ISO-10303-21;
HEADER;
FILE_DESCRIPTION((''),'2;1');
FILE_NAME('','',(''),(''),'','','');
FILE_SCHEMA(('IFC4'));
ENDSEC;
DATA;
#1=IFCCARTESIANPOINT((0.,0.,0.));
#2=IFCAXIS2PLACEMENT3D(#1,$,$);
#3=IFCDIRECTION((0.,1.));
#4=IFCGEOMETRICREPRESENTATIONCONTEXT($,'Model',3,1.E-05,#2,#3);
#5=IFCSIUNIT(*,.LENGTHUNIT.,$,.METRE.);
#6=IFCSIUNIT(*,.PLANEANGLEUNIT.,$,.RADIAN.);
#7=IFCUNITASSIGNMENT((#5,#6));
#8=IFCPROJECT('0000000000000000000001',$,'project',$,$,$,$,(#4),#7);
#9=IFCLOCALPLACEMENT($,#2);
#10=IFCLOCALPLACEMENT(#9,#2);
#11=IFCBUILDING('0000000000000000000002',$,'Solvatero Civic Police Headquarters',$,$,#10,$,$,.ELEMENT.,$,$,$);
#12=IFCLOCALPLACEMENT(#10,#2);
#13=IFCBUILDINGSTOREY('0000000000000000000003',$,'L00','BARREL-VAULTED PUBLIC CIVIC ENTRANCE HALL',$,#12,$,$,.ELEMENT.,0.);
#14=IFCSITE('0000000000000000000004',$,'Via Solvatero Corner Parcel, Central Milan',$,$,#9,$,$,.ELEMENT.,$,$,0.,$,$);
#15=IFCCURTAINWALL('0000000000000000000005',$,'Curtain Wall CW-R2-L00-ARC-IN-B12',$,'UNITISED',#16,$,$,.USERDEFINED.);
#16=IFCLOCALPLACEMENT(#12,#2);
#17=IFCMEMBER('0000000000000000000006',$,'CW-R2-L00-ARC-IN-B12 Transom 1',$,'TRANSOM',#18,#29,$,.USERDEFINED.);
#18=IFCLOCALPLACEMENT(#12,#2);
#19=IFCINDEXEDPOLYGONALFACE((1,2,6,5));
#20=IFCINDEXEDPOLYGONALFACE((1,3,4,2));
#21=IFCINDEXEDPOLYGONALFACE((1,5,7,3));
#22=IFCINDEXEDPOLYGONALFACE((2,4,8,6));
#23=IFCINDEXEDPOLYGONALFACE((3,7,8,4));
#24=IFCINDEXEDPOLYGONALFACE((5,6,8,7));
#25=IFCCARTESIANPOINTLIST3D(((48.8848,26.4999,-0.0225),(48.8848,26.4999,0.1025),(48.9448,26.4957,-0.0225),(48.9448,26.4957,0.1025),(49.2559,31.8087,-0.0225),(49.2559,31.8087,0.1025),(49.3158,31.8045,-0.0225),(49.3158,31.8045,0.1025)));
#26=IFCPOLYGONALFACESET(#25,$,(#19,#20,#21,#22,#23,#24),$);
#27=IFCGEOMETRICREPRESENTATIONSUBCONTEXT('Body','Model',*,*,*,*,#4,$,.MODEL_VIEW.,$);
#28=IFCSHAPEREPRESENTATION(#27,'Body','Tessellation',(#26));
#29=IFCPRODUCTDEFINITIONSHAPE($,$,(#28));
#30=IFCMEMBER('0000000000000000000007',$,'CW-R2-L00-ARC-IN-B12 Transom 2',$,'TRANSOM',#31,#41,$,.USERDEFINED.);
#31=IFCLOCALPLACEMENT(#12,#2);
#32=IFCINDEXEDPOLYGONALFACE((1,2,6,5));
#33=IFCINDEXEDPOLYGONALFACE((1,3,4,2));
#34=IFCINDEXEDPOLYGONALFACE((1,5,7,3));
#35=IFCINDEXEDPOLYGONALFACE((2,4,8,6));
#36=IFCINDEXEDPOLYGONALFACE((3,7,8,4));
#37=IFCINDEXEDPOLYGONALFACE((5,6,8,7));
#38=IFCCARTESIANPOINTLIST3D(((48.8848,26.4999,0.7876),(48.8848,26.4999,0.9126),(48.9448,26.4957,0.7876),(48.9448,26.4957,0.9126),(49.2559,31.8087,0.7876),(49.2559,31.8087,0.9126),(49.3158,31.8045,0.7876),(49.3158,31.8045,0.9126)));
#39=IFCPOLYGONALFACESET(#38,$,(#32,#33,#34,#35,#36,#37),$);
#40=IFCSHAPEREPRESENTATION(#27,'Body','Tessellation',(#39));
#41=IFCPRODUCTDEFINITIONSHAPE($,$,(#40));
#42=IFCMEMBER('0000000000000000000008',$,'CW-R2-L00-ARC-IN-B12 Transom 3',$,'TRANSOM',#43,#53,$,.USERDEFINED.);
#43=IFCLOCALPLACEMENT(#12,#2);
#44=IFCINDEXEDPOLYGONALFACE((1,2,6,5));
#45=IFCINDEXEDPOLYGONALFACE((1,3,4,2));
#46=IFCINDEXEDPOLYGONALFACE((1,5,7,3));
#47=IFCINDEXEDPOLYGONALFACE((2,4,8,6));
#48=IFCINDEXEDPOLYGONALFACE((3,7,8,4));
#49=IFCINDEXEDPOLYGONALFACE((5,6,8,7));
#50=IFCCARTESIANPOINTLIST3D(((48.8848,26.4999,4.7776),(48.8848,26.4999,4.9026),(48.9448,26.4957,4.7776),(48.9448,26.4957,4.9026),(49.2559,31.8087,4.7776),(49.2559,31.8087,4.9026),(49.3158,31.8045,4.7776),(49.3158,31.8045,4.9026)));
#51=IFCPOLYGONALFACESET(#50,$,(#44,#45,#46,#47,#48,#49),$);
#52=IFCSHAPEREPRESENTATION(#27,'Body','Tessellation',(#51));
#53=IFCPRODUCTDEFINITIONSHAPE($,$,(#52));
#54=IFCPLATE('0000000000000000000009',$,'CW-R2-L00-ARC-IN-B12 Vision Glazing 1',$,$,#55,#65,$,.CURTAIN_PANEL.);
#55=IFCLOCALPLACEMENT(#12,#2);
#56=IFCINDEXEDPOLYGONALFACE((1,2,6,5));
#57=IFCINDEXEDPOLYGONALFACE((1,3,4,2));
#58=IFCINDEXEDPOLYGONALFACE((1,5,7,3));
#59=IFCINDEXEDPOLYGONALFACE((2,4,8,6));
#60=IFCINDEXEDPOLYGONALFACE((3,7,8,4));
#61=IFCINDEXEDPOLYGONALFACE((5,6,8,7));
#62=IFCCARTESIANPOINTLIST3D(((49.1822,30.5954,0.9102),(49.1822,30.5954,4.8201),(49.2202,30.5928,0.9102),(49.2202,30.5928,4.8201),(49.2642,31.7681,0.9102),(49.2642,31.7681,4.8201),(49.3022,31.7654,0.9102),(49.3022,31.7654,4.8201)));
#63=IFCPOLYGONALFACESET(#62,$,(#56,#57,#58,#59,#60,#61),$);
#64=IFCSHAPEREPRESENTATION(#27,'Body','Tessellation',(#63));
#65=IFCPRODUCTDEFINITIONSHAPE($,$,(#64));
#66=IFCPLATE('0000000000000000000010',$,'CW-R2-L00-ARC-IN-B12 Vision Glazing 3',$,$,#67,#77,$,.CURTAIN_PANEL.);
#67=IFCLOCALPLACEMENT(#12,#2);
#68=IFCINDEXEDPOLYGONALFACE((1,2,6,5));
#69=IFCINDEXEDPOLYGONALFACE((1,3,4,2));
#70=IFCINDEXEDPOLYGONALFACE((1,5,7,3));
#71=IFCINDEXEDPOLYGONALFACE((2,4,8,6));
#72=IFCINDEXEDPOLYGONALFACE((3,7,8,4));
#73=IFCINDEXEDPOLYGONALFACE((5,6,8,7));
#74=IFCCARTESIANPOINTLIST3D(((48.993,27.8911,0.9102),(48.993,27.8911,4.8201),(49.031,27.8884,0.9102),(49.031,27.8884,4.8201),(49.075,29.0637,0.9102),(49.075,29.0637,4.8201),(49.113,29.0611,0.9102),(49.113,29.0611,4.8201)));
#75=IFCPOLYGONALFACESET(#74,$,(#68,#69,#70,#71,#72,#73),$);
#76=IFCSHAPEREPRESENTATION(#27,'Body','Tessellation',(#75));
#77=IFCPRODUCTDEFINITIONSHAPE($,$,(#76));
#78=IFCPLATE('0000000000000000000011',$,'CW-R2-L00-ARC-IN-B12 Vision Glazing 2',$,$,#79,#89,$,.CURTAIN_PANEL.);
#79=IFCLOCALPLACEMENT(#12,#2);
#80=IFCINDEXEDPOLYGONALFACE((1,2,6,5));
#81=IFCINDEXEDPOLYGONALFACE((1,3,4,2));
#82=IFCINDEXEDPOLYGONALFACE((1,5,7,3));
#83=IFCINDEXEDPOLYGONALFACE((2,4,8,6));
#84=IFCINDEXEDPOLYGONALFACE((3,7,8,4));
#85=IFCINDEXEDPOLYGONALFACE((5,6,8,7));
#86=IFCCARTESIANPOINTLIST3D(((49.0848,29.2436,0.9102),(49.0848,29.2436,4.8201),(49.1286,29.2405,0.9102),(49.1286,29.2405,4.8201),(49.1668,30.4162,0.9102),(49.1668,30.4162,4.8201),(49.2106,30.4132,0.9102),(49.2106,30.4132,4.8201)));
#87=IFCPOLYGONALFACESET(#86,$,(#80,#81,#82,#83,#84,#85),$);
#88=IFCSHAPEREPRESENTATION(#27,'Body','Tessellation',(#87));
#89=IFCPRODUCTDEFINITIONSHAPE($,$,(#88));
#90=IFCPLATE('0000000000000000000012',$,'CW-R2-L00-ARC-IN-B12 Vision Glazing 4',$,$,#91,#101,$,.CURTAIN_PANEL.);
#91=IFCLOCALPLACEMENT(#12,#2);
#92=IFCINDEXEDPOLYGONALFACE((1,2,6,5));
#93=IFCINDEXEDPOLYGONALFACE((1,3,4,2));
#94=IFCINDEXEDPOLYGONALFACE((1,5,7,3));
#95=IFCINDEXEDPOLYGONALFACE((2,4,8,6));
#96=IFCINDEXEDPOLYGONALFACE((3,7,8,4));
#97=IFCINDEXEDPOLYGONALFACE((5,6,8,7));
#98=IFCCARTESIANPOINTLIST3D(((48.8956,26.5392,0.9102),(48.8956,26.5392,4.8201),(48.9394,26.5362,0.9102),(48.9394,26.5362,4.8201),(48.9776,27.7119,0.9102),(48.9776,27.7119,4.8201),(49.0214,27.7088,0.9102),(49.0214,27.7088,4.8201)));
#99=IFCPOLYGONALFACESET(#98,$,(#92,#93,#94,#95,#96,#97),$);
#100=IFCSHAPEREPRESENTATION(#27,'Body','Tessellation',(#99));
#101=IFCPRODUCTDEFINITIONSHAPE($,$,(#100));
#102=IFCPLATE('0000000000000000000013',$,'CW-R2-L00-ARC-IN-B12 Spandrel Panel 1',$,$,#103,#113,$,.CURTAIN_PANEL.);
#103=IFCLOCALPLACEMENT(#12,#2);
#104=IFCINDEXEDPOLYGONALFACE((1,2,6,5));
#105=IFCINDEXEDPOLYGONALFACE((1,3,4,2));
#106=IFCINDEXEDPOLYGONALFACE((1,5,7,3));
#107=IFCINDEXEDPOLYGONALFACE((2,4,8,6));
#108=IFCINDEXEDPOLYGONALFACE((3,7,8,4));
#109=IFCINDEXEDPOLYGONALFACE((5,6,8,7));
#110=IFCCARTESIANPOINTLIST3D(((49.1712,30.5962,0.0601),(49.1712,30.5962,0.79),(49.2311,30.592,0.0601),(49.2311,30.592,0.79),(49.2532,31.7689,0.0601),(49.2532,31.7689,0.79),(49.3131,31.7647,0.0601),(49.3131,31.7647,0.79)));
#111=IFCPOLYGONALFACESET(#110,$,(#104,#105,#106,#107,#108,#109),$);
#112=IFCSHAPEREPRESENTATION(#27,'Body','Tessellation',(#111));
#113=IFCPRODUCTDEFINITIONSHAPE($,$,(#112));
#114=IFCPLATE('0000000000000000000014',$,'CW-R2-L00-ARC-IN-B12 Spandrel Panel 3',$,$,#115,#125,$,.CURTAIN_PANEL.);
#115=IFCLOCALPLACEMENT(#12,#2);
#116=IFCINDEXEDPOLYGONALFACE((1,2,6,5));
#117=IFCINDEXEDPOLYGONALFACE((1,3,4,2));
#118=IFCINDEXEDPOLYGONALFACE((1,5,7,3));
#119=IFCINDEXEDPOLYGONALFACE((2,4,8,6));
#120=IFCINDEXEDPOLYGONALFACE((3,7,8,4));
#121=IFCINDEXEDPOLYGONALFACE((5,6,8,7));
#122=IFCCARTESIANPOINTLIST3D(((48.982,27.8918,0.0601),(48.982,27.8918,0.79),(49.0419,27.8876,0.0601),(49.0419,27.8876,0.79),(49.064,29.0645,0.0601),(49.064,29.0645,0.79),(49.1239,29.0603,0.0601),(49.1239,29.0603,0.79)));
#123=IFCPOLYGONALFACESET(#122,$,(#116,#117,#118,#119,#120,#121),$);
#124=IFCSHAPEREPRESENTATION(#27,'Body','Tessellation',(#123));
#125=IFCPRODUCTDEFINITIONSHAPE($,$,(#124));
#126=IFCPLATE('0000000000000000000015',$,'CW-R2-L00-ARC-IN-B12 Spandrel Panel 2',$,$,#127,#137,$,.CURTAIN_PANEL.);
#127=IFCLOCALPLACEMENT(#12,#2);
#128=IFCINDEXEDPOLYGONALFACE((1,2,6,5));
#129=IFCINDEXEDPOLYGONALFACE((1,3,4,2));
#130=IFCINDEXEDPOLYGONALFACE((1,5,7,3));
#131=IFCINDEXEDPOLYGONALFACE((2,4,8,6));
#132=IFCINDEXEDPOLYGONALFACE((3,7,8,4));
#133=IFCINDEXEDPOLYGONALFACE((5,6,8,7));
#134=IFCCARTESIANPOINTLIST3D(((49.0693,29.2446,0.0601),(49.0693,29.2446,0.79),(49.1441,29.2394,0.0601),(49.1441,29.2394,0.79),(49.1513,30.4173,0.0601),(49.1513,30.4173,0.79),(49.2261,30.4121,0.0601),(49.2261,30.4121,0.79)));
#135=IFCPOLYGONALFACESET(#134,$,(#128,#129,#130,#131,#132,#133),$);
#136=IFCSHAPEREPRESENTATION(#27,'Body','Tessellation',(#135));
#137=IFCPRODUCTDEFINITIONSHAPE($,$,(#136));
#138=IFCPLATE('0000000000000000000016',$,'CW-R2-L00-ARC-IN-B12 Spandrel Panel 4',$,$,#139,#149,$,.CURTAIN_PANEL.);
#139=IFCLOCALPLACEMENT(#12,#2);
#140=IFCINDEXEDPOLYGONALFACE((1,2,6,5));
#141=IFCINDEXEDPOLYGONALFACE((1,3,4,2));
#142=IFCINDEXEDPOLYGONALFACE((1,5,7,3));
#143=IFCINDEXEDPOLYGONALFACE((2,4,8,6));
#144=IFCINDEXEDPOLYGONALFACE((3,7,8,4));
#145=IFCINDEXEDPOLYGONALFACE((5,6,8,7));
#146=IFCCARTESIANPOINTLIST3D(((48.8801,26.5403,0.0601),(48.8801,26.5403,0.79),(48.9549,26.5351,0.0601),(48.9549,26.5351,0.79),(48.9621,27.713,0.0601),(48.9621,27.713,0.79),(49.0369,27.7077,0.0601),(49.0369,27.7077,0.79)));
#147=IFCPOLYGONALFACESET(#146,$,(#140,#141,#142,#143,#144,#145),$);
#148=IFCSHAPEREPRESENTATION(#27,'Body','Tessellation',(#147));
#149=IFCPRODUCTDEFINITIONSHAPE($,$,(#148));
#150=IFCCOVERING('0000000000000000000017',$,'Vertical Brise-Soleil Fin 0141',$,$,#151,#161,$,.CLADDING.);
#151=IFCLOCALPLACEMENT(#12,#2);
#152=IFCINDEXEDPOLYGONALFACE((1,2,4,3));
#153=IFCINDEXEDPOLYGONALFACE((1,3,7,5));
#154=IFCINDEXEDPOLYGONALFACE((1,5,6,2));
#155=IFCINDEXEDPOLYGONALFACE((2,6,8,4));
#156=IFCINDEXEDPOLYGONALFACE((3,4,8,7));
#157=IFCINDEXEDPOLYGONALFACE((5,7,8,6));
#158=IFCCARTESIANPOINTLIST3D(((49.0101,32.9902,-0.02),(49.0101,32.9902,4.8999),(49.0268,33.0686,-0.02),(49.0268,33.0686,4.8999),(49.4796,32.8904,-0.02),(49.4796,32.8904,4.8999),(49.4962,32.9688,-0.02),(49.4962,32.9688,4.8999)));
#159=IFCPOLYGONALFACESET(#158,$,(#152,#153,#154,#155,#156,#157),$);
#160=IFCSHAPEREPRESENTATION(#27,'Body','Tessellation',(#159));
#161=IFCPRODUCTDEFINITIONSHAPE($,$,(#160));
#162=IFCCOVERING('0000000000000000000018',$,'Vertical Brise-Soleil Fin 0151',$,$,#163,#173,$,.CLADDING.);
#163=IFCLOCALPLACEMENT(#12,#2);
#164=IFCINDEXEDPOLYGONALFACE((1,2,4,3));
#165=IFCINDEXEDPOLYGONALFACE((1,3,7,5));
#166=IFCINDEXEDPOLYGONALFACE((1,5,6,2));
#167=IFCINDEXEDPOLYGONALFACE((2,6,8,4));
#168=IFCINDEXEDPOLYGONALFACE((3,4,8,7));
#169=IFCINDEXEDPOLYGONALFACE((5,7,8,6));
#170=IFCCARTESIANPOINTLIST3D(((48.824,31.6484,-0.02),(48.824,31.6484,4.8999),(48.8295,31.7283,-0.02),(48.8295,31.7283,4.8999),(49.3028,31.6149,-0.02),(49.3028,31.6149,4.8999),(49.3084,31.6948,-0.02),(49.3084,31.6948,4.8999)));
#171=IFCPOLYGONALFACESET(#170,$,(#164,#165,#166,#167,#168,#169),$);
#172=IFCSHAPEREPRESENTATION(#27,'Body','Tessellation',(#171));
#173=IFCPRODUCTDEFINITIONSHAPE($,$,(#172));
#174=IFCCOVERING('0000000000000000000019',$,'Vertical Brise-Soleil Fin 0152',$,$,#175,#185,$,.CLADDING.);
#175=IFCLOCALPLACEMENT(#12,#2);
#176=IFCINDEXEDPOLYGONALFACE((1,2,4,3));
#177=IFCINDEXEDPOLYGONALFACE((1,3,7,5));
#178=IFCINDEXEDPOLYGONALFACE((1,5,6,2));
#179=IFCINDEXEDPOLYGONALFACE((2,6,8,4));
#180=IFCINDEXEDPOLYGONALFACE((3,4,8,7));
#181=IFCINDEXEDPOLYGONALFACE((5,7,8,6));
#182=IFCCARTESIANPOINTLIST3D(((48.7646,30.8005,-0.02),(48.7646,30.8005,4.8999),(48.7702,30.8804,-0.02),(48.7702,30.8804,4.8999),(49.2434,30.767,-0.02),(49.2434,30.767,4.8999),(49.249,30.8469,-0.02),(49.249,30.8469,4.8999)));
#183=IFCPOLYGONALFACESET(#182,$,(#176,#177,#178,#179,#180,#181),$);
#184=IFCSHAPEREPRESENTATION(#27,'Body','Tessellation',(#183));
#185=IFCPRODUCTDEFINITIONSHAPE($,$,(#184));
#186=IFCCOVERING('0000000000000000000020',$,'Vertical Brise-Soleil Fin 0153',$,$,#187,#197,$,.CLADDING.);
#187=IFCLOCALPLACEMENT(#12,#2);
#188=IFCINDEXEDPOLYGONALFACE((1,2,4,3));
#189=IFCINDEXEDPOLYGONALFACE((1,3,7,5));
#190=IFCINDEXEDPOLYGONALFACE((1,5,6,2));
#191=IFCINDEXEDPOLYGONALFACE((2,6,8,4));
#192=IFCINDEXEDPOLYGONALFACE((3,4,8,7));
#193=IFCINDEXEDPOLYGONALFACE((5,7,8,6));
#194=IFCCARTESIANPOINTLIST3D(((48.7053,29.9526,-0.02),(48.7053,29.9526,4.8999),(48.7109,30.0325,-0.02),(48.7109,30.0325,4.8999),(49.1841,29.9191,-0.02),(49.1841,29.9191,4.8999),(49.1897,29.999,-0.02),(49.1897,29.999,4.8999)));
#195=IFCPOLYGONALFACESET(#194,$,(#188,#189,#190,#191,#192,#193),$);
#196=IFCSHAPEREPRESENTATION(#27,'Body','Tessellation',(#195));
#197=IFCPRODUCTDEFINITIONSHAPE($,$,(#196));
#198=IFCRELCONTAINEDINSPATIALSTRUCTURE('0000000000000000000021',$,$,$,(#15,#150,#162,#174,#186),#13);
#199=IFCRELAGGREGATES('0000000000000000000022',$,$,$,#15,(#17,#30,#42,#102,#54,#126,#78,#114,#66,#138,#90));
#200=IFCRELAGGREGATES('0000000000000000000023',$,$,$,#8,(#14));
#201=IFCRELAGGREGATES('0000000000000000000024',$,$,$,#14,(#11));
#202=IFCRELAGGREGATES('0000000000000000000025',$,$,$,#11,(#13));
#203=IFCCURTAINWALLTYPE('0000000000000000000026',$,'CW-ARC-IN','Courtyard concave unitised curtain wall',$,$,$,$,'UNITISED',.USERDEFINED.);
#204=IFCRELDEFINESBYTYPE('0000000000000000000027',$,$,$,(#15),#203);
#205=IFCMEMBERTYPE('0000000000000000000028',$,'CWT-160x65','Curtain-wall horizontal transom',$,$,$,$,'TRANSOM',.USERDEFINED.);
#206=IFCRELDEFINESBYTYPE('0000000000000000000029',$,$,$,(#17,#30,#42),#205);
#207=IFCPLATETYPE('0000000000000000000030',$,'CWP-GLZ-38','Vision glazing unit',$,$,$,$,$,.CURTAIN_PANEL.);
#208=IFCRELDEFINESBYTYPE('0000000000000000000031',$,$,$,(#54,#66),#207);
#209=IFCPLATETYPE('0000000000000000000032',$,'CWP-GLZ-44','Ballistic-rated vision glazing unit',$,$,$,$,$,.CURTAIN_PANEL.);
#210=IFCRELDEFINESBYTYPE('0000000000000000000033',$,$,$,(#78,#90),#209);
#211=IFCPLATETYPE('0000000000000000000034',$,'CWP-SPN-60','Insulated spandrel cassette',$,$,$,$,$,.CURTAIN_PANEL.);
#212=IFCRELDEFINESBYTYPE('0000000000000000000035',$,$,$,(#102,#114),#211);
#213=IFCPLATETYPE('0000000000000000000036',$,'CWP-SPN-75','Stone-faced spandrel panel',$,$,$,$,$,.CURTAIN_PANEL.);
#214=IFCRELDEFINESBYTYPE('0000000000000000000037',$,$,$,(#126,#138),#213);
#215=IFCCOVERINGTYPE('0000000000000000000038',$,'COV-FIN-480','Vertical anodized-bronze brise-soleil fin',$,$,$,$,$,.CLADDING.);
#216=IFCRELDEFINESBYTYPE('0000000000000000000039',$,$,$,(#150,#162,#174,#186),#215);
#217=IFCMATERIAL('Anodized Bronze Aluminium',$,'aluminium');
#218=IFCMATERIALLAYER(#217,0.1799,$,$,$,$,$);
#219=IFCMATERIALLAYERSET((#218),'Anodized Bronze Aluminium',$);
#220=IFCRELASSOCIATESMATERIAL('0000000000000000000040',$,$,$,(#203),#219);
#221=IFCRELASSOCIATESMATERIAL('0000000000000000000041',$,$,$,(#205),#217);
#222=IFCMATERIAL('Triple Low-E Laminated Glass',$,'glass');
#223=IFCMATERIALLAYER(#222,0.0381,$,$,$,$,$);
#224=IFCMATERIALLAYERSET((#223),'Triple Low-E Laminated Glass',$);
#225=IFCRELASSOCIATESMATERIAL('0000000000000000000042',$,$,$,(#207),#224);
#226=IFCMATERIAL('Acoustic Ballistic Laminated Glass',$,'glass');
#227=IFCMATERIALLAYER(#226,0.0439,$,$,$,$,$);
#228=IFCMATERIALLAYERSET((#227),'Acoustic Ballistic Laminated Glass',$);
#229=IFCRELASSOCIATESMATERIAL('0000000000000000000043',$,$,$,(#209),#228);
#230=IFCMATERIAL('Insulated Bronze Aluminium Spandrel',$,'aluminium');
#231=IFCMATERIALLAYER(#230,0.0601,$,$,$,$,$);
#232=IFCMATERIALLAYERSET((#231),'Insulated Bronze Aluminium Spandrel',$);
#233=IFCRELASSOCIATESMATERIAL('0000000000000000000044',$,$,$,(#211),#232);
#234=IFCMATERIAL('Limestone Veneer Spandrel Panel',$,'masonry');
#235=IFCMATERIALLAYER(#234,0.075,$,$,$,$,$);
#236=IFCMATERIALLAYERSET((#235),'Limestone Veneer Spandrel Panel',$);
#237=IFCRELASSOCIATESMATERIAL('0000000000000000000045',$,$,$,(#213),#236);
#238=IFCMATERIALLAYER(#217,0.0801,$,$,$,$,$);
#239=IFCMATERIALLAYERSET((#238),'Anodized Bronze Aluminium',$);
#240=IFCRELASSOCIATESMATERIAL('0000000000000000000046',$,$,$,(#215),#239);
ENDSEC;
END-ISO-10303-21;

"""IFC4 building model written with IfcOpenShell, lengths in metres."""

from ifc_helpers import new_model, si_unit, direction, frame, origin, origin_2d, place, context, subcontext, project, spatial, rectangle, extrude, material, layer, layer_set, material_profile, profile_set, type_object, element, aggregate, save


model = new_model("IFC4")

# Units and contexts
model_context = context("Model", 3, precision=1e-05, world=origin(), true_north=direction((0.0, 1.0)))
body_context = subcontext(model_context, "Body", "Model", "MODEL_VIEW")
ifc_project = project(units=[si_unit("LENGTHUNIT", "METRE"), si_unit("PLANEANGLEUNIT", "RADIAN")], contexts=[model_context])

# Site, building, storey
site_placement = place(None, origin())
site = spatial("IfcSite", under=ifc_project, at=site_placement, Name="Via Solvatero Corner Parcel, Central Milan", CompositionType="ELEMENT", RefElevation=0.0)
building_placement = place(site_placement, origin())
building = spatial("IfcBuilding", under=site, at=building_placement, Name="Solvatero Civic Police Headquarters", CompositionType="ELEMENT")
storey_placement = place(building_placement, origin())
storey = spatial("IfcBuildingStorey", under=building, at=storey_placement, Name="L00", Description="BARREL-VAULTED PUBLIC CIVIC ENTRANCE HALL", CompositionType="ELEMENT", Elevation=0.0)

# Curtain wall
ifc_material_1 = material(Name="Anodized Bronze Aluminium", Category="aluminium")
ifc_layer_1 = layer(ifc_material_1, 0.1799)
ifc_layer_set_1 = layer_set([ifc_layer_1], Name="Anodized Bronze Aluminium")
curtain_wall_type = type_object("IfcCurtainWallType", Name="CW-ARC-IN", Description="Courtyard concave unitised curtain wall", ElementType="UNITISED", PredefinedType="USERDEFINED", material=ifc_layer_set_1)
curtain_wall_1_placement = place(storey_placement, origin())
curtain_wall_1 = element("IfcCurtainWall", 1, at=curtain_wall_1_placement, inside=storey, type_object=curtain_wall_type, Name="Curtain Wall CW-R2-L00-ARC-IN-B12", ObjectType="UNITISED", PredefinedType="USERDEFINED")

# Members
ifc_material_profile_1 = material_profile(ifc_material_1, rectangle(XDim=0.0601, YDim=0.125, at=origin_2d()), Name="ALU TRANSOM 60x125")
ifc_profile_set_1 = profile_set([ifc_material_profile_1], Name="Anodized Bronze Aluminium")
member_type_1 = type_object("IfcMemberType", Name="CWT-160x65", Description="Curtain-wall horizontal transom", ElementType="TRANSOM", PredefinedType="USERDEFINED", material=ifc_profile_set_1)
member_1_placement = place(storey_placement, frame((49.2859, 31.8066, 0.04), z_axis=(-0.069731, -0.997566, 0.0), x_axis=(0.997566, -0.069731, 0.0)))
member_1 = element("IfcMember", 2, at=member_1_placement, type_object=member_type_1, Name="CW-R2-L00-ARC-IN-B12 Transom 1", ObjectType="TRANSOM", PredefinedType="USERDEFINED", context=body_context, shape_type="SweptSolid", body=[
    extrude(rectangle(XDim=0.0601, YDim=0.125, at=origin_2d()), origin(), (0.0, 0.0, 1.0), 5.3218),
])
member_2_placement = place(storey_placement, frame((49.2859, 31.8066, 0.8501), z_axis=(-0.069731, -0.997566, 0.0), x_axis=(0.997566, -0.069731, 0.0)))
member_2 = element("IfcMember", 3, at=member_2_placement, type_object=member_type_1, Name="CW-R2-L00-ARC-IN-B12 Transom 2", ObjectType="TRANSOM", PredefinedType="USERDEFINED", context=body_context, shape_type="SweptSolid", body=[
    extrude(rectangle(XDim=0.0601, YDim=0.125, at=origin_2d()), origin(), (0.0, 0.0, 1.0), 5.3218),
])
member_3_placement = place(storey_placement, frame((49.2859, 31.8066, 4.8401), z_axis=(-0.069731, -0.997566, 0.0), x_axis=(0.997566, -0.069731, 0.0)))
member_3 = element("IfcMember", 4, at=member_3_placement, type_object=member_type_1, Name="CW-R2-L00-ARC-IN-B12 Transom 3", ObjectType="TRANSOM", PredefinedType="USERDEFINED", context=body_context, shape_type="SweptSolid", body=[
    extrude(rectangle(XDim=0.0601, YDim=0.125, at=origin_2d()), origin(), (0.0, 0.0, 1.0), 5.3218),
])

# Plates
ifc_material_2 = material(Name="Triple Low-E Laminated Glass", Category="glass")
ifc_layer_2 = layer(ifc_material_2, 0.0381)
ifc_layer_set_2 = layer_set([ifc_layer_2], Name="Triple Low-E Laminated Glass")
plate_type_1 = type_object("IfcPlateType", Name="CWP-GLZ-38", Description="Vision glazing unit", PredefinedType="CURTAIN_PANEL", material=ifc_layer_set_2)
plate_1_placement = place(storey_placement, frame((49.2422, 31.1804, 0.9102), z_axis=(0.0, 0.0, 1.0), x_axis=(-0.069756, -0.997564, 0.0)))
plate_1 = element("IfcPlate", 5, at=plate_1_placement, type_object=plate_type_1, Name="CW-R2-L00-ARC-IN-B12 Vision Glazing 1", PredefinedType="CURTAIN_PANEL", context=body_context, shape_type="SweptSolid", body=[
    extrude(rectangle(XDim=1.1755, YDim=0.0381, at=origin_2d()), origin(), (0.0, 0.0, 1.0), 3.9099),
])
plate_2_placement = place(storey_placement, frame((49.053, 28.4761, 0.9102), z_axis=(0.0, 0.0, 1.0), x_axis=(-0.069756, -0.997564, 0.0)))
plate_2 = element("IfcPlate", 6, at=plate_2_placement, type_object=plate_type_1, Name="CW-R2-L00-ARC-IN-B12 Vision Glazing 3", PredefinedType="CURTAIN_PANEL", context=body_context, shape_type="SweptSolid", body=[
    extrude(rectangle(XDim=1.1755, YDim=0.0381, at=origin_2d()), origin(), (0.0, 0.0, 1.0), 3.9099),
])
ifc_material_3 = material(Name="Acoustic Ballistic Laminated Glass", Category="glass")
ifc_layer_3 = layer(ifc_material_3, 0.0439)
ifc_layer_set_3 = layer_set([ifc_layer_3], Name="Acoustic Ballistic Laminated Glass")
plate_type_2 = type_object("IfcPlateType", Name="CWP-GLZ-44", Description="Ballistic-rated vision glazing unit", PredefinedType="CURTAIN_PANEL", material=ifc_layer_set_3)
plate_3_placement = place(storey_placement, frame((49.1477, 29.8284, 0.9102), z_axis=(0.0, 0.0, 1.0), x_axis=(-0.069756, -0.997564, 0.0)))
plate_3 = element("IfcPlate", 7, at=plate_3_placement, type_object=plate_type_2, Name="CW-R2-L00-ARC-IN-B12 Vision Glazing 2", PredefinedType="CURTAIN_PANEL", context=body_context, shape_type="SweptSolid", body=[
    extrude(rectangle(XDim=1.1755, YDim=0.0439, at=origin_2d()), origin(), (0.0, 0.0, 1.0), 3.9099),
])
plate_4_placement = place(storey_placement, frame((48.9585, 27.124, 0.9102), z_axis=(0.0, 0.0, 1.0), x_axis=(-0.069756, -0.997564, 0.0)))
plate_4 = element("IfcPlate", 8, at=plate_4_placement, type_object=plate_type_2, Name="CW-R2-L00-ARC-IN-B12 Vision Glazing 4", PredefinedType="CURTAIN_PANEL", context=body_context, shape_type="SweptSolid", body=[
    extrude(rectangle(XDim=1.1755, YDim=0.0439, at=origin_2d()), origin(), (0.0, 0.0, 1.0), 3.9099),
])
ifc_material_4 = material(Name="Insulated Bronze Aluminium Spandrel", Category="aluminium")
ifc_layer_4 = layer(ifc_material_4, 0.0601)
ifc_layer_set_4 = layer_set([ifc_layer_4], Name="Insulated Bronze Aluminium Spandrel")
plate_type_3 = type_object("IfcPlateType", Name="CWP-SPN-60", Description="Insulated spandrel cassette", PredefinedType="CURTAIN_PANEL", material=ifc_layer_set_4)
plate_5_placement = place(storey_placement, frame((49.2422, 31.1804, 0.0601), z_axis=(0.0, 0.0, 1.0), x_axis=(-0.069756, -0.997564, 0.0)))
plate_5 = element("IfcPlate", 9, at=plate_5_placement, type_object=plate_type_3, Name="CW-R2-L00-ARC-IN-B12 Spandrel Panel 1", PredefinedType="CURTAIN_PANEL", context=body_context, shape_type="SweptSolid", body=[
    extrude(rectangle(XDim=1.1755, YDim=0.0601, at=origin_2d()), origin(), (0.0, 0.0, 1.0), 0.73),
])
plate_6_placement = place(storey_placement, frame((49.053, 28.4761, 0.0601), z_axis=(0.0, 0.0, 1.0), x_axis=(-0.069756, -0.997564, 0.0)))
plate_6 = element("IfcPlate", 10, at=plate_6_placement, type_object=plate_type_3, Name="CW-R2-L00-ARC-IN-B12 Spandrel Panel 3", PredefinedType="CURTAIN_PANEL", context=body_context, shape_type="SweptSolid", body=[
    extrude(rectangle(XDim=1.1755, YDim=0.0601, at=origin_2d()), origin(), (0.0, 0.0, 1.0), 0.73),
])
ifc_material_5 = material(Name="Limestone Veneer Spandrel Panel", Category="masonry")
ifc_layer_5 = layer(ifc_material_5, 0.075)
ifc_layer_set_5 = layer_set([ifc_layer_5], Name="Limestone Veneer Spandrel Panel")
plate_type_4 = type_object("IfcPlateType", Name="CWP-SPN-75", Description="Stone-faced spandrel panel", PredefinedType="CURTAIN_PANEL", material=ifc_layer_set_5)
plate_7_placement = place(storey_placement, frame((49.1477, 29.8284, 0.0601), z_axis=(0.0, 0.0, 1.0), x_axis=(-0.069756, -0.997564, 0.0)))
plate_7 = element("IfcPlate", 11, at=plate_7_placement, type_object=plate_type_4, Name="CW-R2-L00-ARC-IN-B12 Spandrel Panel 2", PredefinedType="CURTAIN_PANEL", context=body_context, shape_type="SweptSolid", body=[
    extrude(rectangle(XDim=1.1755, YDim=0.075, at=origin_2d()), origin(), (0.0, 0.0, 1.0), 0.73),
])
plate_8_placement = place(storey_placement, frame((48.9585, 27.124, 0.0601), z_axis=(0.0, 0.0, 1.0), x_axis=(-0.069756, -0.997564, 0.0)))
plate_8 = element("IfcPlate", 12, at=plate_8_placement, type_object=plate_type_4, Name="CW-R2-L00-ARC-IN-B12 Spandrel Panel 4", PredefinedType="CURTAIN_PANEL", context=body_context, shape_type="SweptSolid", body=[
    extrude(rectangle(XDim=1.1755, YDim=0.075, at=origin_2d()), origin(), (0.0, 0.0, 1.0), 0.73),
])
aggregate(curtain_wall_1, [member_1, member_2, member_3, plate_5, plate_1, plate_7, plate_3, plate_6, plate_2, plate_8, plate_4])

# Coverings
ifc_layer_6 = layer(ifc_material_1, 0.0801)
ifc_layer_set_6 = layer_set([ifc_layer_6], Name="Anodized Bronze Aluminium")
covering_type = type_object("IfcCoveringType", Name="COV-FIN-480", Description="Vertical anodized-bronze brise-soleil fin", PredefinedType="CLADDING", material=ifc_layer_set_6)
for number, where, z_axis, x_axis, name in (
    (13, (49.2532, 32.9795, -0.02), (0.0, 0.0, 1.0), (-0.207912, -0.978148, 0.0), "Vertical Brise-Soleil Fin 0141"),
    (14, (49.0662, 31.6716, -0.02), (0.0, 0.0, 1.0), (-0.069756, -0.997564, 0.0), "Vertical Brise-Soleil Fin 0151"),
    (15, (49.0068, 30.8237, -0.02), (0.0, 0.0, 1.0), (-0.069756, -0.997564, 0.0), "Vertical Brise-Soleil Fin 0152"),
    (16, (48.9475, 29.9758, -0.02), (0.0, 0.0, 1.0), (-0.069756, -0.997564, 0.0), "Vertical Brise-Soleil Fin 0153"),
):
    element("IfcCovering", number, at=place(storey_placement, frame(where, z_axis=z_axis, x_axis=x_axis)), inside=storey, type_object=covering_type, Name=name, PredefinedType="CLADDING", context=body_context, shape_type="SweptSolid", body=[
        extrude(rectangle(XDim=0.0801, YDim=0.48, at=origin_2d()), origin(), (0.0, 0.0, 1.0), 4.9199),
    ])

save(model, "model.ifc")
